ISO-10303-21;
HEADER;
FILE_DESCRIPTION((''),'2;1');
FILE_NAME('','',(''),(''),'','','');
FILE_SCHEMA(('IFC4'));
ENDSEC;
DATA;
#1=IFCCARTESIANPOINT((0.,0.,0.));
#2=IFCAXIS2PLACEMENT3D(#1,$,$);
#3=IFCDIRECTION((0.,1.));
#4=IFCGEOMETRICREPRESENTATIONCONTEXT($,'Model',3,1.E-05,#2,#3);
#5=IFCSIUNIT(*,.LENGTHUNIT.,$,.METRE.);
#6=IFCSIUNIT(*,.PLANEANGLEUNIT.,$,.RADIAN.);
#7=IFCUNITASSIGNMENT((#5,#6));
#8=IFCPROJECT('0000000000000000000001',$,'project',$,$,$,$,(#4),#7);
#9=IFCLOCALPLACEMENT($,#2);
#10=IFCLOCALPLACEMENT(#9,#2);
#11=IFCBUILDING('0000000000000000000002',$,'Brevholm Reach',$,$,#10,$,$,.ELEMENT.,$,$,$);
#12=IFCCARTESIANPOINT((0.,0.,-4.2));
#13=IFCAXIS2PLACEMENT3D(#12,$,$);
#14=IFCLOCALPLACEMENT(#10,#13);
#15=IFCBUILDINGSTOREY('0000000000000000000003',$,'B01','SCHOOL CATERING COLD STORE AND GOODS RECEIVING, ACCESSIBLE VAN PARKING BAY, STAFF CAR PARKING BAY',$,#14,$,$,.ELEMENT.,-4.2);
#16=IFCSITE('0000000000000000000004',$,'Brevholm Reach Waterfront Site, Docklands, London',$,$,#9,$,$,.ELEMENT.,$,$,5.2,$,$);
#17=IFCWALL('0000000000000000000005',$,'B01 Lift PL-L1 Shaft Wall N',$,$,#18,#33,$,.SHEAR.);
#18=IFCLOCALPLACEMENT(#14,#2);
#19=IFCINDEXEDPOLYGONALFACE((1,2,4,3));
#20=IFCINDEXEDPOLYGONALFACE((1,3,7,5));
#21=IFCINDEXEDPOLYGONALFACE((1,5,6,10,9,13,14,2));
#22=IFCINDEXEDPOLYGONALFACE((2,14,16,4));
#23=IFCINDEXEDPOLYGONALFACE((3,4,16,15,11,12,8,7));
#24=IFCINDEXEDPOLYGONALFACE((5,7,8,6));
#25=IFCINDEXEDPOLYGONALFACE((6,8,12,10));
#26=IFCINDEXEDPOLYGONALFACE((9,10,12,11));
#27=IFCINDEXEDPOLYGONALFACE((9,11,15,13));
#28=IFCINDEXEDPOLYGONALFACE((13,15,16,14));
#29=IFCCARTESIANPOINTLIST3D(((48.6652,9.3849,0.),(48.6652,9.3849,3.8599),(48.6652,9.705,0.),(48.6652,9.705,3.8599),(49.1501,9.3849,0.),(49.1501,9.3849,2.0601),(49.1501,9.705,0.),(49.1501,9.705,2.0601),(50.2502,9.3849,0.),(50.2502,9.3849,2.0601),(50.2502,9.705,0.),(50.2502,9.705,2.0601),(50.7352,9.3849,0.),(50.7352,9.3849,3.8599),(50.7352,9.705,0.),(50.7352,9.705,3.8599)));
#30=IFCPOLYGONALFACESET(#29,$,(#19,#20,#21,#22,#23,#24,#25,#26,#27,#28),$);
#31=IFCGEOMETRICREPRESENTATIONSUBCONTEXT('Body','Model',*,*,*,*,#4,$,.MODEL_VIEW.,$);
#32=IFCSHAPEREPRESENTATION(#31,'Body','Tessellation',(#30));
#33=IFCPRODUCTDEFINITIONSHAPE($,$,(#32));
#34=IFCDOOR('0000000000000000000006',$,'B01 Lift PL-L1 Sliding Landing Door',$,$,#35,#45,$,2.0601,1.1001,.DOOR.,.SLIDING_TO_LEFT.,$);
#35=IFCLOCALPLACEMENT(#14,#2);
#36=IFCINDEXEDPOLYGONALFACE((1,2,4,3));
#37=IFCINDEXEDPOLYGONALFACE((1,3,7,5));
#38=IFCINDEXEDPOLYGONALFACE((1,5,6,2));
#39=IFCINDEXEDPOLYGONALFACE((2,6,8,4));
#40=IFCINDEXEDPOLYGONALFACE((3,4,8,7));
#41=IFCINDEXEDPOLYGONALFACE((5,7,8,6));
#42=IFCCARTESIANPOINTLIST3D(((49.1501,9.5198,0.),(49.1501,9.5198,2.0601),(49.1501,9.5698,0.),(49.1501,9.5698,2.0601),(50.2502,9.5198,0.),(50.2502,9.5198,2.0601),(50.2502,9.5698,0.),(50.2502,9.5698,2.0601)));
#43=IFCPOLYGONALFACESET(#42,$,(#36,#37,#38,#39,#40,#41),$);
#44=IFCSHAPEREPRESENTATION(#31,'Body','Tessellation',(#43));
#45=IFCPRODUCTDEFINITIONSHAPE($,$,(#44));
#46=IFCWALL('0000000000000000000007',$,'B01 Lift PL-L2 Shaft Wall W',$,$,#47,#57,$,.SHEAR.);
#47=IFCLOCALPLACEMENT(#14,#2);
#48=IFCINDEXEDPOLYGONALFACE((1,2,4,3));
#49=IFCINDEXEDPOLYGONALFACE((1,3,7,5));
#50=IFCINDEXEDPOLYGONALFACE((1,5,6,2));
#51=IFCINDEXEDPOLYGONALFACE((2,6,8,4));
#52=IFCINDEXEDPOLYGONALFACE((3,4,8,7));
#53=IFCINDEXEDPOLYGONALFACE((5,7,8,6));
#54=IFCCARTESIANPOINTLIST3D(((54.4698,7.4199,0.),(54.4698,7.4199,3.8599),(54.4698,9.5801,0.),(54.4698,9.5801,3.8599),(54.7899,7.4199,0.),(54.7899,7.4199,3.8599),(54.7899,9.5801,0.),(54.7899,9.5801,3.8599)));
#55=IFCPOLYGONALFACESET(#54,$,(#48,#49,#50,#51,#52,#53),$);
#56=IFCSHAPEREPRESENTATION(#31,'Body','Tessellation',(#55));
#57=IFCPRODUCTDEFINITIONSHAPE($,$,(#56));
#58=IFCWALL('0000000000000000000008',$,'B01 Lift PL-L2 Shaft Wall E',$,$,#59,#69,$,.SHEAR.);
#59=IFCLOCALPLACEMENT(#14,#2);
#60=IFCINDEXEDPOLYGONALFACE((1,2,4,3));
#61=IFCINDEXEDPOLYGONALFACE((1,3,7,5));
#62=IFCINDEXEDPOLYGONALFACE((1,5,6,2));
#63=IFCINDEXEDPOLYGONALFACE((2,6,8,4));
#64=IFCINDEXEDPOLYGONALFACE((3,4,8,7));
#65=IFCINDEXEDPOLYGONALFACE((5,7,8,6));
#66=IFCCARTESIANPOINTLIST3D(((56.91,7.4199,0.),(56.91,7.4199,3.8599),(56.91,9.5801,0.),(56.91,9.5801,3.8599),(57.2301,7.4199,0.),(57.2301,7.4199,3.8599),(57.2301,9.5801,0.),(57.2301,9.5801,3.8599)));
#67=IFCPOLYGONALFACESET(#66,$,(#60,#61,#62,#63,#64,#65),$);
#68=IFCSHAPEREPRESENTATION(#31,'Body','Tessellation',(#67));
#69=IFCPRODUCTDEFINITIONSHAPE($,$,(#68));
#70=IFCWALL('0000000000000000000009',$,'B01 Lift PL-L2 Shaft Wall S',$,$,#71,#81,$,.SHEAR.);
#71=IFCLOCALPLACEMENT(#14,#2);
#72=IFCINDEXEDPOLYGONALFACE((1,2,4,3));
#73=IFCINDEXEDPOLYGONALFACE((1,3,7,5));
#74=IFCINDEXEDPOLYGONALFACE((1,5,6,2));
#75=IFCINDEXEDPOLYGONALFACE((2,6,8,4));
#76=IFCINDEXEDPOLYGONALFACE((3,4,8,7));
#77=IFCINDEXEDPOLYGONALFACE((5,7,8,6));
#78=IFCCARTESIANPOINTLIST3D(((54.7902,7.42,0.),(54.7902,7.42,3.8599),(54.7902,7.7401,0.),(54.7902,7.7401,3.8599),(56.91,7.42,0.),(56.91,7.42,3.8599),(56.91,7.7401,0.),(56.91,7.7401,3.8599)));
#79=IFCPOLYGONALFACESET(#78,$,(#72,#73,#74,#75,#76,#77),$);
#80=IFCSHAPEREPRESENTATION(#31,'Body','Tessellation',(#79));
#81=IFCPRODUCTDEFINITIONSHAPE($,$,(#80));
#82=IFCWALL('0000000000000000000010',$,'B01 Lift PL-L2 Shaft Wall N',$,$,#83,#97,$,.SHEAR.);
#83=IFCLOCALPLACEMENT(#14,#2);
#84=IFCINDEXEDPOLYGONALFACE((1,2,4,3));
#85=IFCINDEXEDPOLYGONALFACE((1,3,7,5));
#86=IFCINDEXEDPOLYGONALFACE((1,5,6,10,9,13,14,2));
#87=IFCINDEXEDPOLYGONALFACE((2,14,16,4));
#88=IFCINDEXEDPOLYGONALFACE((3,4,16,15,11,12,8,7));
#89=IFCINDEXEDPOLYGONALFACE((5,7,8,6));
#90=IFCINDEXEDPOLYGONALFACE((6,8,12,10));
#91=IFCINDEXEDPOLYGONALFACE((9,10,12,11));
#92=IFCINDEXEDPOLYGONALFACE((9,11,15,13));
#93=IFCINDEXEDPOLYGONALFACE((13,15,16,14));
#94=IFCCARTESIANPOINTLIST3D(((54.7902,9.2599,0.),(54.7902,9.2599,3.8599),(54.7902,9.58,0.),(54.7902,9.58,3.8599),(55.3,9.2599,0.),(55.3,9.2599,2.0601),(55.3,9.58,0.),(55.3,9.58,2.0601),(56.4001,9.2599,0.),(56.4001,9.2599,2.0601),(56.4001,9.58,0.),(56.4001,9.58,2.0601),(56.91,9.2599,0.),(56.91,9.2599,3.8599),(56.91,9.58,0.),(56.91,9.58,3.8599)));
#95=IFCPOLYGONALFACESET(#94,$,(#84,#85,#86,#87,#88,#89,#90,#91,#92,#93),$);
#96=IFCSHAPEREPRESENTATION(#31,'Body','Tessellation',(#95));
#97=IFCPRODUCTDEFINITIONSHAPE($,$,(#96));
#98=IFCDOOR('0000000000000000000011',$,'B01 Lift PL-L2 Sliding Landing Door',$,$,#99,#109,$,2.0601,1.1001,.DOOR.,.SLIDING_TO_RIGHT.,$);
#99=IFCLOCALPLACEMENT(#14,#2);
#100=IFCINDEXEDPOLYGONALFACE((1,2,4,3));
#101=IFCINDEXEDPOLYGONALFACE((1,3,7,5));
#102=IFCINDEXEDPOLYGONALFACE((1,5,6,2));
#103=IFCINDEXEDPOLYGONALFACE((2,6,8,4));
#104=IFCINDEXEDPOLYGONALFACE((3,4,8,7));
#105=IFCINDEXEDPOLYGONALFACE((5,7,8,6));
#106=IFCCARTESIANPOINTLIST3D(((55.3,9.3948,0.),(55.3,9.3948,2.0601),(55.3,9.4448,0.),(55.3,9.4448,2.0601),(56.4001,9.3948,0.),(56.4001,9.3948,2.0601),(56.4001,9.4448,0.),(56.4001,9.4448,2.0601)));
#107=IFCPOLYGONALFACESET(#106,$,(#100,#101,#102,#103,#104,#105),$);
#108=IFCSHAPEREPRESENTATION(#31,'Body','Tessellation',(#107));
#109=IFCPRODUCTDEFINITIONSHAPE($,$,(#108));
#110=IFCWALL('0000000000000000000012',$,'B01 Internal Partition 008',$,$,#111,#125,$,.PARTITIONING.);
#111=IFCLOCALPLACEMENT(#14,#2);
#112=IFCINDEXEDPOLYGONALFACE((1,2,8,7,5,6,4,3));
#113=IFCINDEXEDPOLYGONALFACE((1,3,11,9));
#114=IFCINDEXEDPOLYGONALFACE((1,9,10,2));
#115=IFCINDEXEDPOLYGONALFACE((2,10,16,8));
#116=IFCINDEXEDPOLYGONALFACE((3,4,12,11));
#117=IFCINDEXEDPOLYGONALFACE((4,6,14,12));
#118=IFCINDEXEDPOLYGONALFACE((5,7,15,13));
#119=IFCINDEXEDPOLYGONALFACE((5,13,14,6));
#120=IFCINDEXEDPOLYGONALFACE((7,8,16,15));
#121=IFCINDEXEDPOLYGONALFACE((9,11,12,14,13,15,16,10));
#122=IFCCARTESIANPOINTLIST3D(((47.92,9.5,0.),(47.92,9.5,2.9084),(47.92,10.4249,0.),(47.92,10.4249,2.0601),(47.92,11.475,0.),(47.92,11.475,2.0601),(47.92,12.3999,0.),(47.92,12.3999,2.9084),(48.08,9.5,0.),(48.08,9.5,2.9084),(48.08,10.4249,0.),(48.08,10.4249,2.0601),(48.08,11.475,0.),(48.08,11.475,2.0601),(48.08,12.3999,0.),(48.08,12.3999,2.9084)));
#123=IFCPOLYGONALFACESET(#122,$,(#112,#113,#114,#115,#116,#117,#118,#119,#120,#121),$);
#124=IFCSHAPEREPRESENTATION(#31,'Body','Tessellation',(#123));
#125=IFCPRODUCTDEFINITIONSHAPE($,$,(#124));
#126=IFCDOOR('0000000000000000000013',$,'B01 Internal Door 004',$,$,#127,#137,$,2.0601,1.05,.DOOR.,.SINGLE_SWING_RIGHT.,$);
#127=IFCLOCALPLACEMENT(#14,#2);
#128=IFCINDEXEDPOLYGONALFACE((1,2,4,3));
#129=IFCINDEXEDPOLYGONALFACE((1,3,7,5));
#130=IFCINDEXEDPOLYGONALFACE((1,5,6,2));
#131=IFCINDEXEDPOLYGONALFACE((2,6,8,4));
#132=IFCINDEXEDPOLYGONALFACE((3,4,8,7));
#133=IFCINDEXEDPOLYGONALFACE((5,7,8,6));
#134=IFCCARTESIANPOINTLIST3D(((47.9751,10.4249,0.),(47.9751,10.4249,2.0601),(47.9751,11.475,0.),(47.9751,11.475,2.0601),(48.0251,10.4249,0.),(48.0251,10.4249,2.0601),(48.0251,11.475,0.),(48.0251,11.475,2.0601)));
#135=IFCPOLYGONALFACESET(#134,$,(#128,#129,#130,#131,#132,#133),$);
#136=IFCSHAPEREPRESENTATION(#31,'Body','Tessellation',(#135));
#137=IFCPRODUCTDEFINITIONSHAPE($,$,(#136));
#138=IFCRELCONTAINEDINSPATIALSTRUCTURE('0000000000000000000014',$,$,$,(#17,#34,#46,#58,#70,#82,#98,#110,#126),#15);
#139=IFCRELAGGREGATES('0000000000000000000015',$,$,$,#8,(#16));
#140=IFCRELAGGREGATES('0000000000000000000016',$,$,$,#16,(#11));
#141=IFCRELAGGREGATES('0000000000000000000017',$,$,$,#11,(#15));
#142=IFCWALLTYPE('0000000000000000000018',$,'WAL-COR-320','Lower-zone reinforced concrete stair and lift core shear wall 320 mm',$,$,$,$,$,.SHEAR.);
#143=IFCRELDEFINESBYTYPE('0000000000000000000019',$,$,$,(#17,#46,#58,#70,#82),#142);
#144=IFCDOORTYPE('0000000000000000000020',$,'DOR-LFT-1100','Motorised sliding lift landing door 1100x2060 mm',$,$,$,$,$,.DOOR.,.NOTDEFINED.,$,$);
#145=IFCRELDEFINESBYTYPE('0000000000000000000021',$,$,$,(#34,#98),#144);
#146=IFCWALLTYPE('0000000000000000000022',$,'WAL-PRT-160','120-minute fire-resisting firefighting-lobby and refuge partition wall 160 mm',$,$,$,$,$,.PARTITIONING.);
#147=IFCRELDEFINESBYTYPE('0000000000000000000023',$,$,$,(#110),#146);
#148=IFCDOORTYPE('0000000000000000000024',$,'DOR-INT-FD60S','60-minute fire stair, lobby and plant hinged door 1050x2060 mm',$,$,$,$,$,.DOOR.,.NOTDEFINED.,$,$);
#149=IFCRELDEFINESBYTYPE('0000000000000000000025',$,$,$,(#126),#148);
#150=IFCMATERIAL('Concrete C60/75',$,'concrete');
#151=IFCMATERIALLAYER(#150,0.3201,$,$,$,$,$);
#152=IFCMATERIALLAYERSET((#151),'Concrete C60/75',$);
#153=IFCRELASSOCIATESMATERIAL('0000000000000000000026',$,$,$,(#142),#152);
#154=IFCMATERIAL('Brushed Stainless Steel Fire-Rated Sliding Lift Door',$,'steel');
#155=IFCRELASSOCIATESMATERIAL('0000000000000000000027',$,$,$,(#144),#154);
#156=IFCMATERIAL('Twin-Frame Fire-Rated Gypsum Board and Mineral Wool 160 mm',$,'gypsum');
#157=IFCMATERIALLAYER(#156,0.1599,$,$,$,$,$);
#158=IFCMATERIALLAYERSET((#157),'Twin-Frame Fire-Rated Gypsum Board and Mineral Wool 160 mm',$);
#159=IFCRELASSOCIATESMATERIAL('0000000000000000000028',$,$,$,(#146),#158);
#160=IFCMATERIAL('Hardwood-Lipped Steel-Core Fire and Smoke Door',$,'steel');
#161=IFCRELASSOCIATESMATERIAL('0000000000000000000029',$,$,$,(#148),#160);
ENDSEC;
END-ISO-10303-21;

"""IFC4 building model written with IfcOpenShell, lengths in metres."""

from ifc_helpers import new_model, si_unit, direction, frame, frame_2d, origin, place, context, subcontext, project, spatial, rectangle, extrude, material, layer, layer_set, type_object, element, fill, save


model = new_model("IFC4")

# Units and contexts
model_context = context("Model", 3, precision=1e-05, world=origin(), true_north=direction((0.0, 1.0)))
body_context = subcontext(model_context, "Body", "Model", "MODEL_VIEW")
ifc_project = project(units=[si_unit("LENGTHUNIT", "METRE"), si_unit("PLANEANGLEUNIT", "RADIAN")], contexts=[model_context])

# Site, building, storey
site_placement = place(None, origin())
site = spatial("IfcSite", under=ifc_project, at=site_placement, Name="Brevholm Reach Waterfront Site, Docklands, London", CompositionType="ELEMENT", RefElevation=5.2)
building_placement = place(site_placement, origin())
building = spatial("IfcBuilding", under=site, at=building_placement, Name="Brevholm Reach", CompositionType="ELEMENT")
storey_placement = place(building_placement, frame((0.0, 0.0, -4.2)))
storey = spatial("IfcBuildingStorey", under=building, at=storey_placement, Name="B01", Description="SCHOOL CATERING COLD STORE AND GOODS RECEIVING, ACCESSIBLE VAN PARKING BAY, STAFF CAR PARKING BAY", CompositionType="ELEMENT", Elevation=-4.2)

# Shared definitions
ifc_material_1 = material(Name="Concrete C60/75", Category="concrete")
ifc_layer_1 = layer(ifc_material_1, 0.3201)
ifc_layer_set_1 = layer_set([ifc_layer_1], Name="Concrete C60/75")
wall_type_1 = type_object("IfcWallType", Name="WAL-COR-320", Description="Lower-zone reinforced concrete stair and lift core shear wall 320 mm", PredefinedType="SHEAR", material=ifc_layer_set_1)

# Wall, opening, door
wall_1_placement = place(storey_placement, frame((48.665, 9.5449, 0.0), z_axis=(0.0, 0.0, 1.0), x_axis=(1.0, 0.0, 0.0)))
wall_1 = element("IfcWall", 1, at=wall_1_placement, inside=storey, type_object=wall_type_1, Name="B01 Lift PL-L1 Shaft Wall N", PredefinedType="SHEAR", context=body_context, shape_type="SweptSolid", body=[
    extrude(rectangle(XDim=2.0701, YDim=0.3201, at=frame_2d((1.0352, 0.0))), origin(), (0.0, 0.0, 1.0), 3.8599),
])
opening_1_placement = place(wall_1_placement, frame((0.4851, 0.0, 0.0)))
opening_1 = element("IfcOpeningElement", 2, at=opening_1_placement, cuts=wall_1, PredefinedType="OPENING", context=body_context, shape_type="SweptSolid", body=[
    extrude(rectangle(XDim=1.1001, YDim=2.0601, at=frame_2d((0.55, 1.03))), frame((0.0, 0.1699, 0.0), z_axis=(0.0, -1.0, 0.0), x_axis=(1.0, 0.0, 0.0)), (0.0, 0.0, 1.0), 0.3401),
])
ifc_material_2 = material(Name="Brushed Stainless Steel Fire-Rated Sliding Lift Door", Category="steel")
door_type_1 = type_object("IfcDoorType", Name="DOR-LFT-1100", Description="Motorised sliding lift landing door 1100x2060 mm", OperationType="NOTDEFINED", PredefinedType="DOOR", material=ifc_material_2)
door_1_placement = place(opening_1_placement, origin())
door_1 = element("IfcDoor", 3, at=door_1_placement, inside=storey, type_object=door_type_1, Name="B01 Lift PL-L1 Sliding Landing Door", OperationType="SLIDING_TO_LEFT", OverallHeight=2.0601, OverallWidth=1.1001, PredefinedType="DOOR", context=body_context, shape_type="SweptSolid", body=[
    extrude(rectangle(XDim=1.1001, YDim=2.0601, at=frame_2d((0.55, 1.03))), frame((0.0, 0.0249, 0.0), z_axis=(0.0, -1.0, 0.0), x_axis=(1.0, 0.0, 0.0)), (0.0, 0.0, 1.0), 0.05),
])
fill(opening_1, door_1)

# Walls
for number, where, z_axis, x_axis, name in (
    (4, (54.6299, 7.4199, 0.0), (0.0, 0.0, 1.0), (0.0, 1.0, 0.0), "B01 Lift PL-L2 Shaft Wall W"),
    (5, (57.0701, 7.4199, 0.0), (0.0, 0.0, 1.0), (0.0, 1.0, 0.0), "B01 Lift PL-L2 Shaft Wall E"),
):
    element("IfcWall", number, at=place(storey_placement, frame(where, z_axis=z_axis, x_axis=x_axis)), inside=storey, type_object=wall_type_1, Name=name, PredefinedType="SHEAR", context=body_context, shape_type="SweptSolid", body=[
        extrude(rectangle(XDim=2.1602, YDim=0.3201, at=frame_2d((1.0801, 0.0))), origin(), (0.0, 0.0, 1.0), 3.8599),
    ])
wall_2_placement = place(storey_placement, frame((54.79, 7.5801, 0.0), z_axis=(0.0, 0.0, 1.0), x_axis=(1.0, 0.0, 0.0)))
element("IfcWall", 6, at=wall_2_placement, inside=storey, type_object=wall_type_1, Name="B01 Lift PL-L2 Shaft Wall S", PredefinedType="SHEAR", context=body_context, shape_type="SweptSolid", body=[
    extrude(rectangle(XDim=2.1199, YDim=0.3201, at=frame_2d((1.0601, 0.0))), origin(), (0.0, 0.0, 1.0), 3.8599),
])

# Walls, openings, doors
wall_3_placement = place(storey_placement, frame((54.79, 9.4199, 0.0), z_axis=(0.0, 0.0, 1.0), x_axis=(1.0, 0.0, 0.0)))
wall_3 = element("IfcWall", 7, at=wall_3_placement, inside=storey, type_object=wall_type_1, Name="B01 Lift PL-L2 Shaft Wall N", PredefinedType="SHEAR", context=body_context, shape_type="SweptSolid", body=[
    extrude(rectangle(XDim=2.1199, YDim=0.3201, at=frame_2d((1.0601, 0.0))), origin(), (0.0, 0.0, 1.0), 3.8599),
])
opening_2_placement = place(wall_3_placement, frame((0.51, 0.0, 0.0)))
opening_2 = element("IfcOpeningElement", 8, at=opening_2_placement, cuts=wall_3, PredefinedType="OPENING", context=body_context, shape_type="SweptSolid", body=[
    extrude(rectangle(XDim=1.1001, YDim=2.0601, at=frame_2d((0.55, 1.03))), frame((0.0, 0.1699, 0.0), z_axis=(0.0, -1.0, 0.0), x_axis=(1.0, 0.0, 0.0)), (0.0, 0.0, 1.0), 0.3401),
])
door_2_placement = place(opening_2_placement, origin())
door_2 = element("IfcDoor", 9, at=door_2_placement, inside=storey, type_object=door_type_1, Name="B01 Lift PL-L2 Sliding Landing Door", OperationType="SLIDING_TO_RIGHT", OverallHeight=2.0601, OverallWidth=1.1001, PredefinedType="DOOR", context=body_context, shape_type="SweptSolid", body=[
    extrude(rectangle(XDim=1.1001, YDim=2.0601, at=frame_2d((0.55, 1.03))), frame((0.0, 0.0249, 0.0), z_axis=(0.0, -1.0, 0.0), x_axis=(1.0, 0.0, 0.0)), (0.0, 0.0, 1.0), 0.05),
])
fill(opening_2, door_2)
ifc_material_3 = material(Name="Twin-Frame Fire-Rated Gypsum Board and Mineral Wool 160 mm", Category="gypsum")
ifc_layer_2 = layer(ifc_material_3, 0.1599)
ifc_layer_set_2 = layer_set([ifc_layer_2], Name="Twin-Frame Fire-Rated Gypsum Board and Mineral Wool 160 mm")
wall_type_2 = type_object("IfcWallType", Name="WAL-PRT-160", Description="120-minute fire-resisting firefighting-lobby and refuge partition wall 160 mm", PredefinedType="PARTITIONING", material=ifc_layer_set_2)
wall_4_placement = place(storey_placement, frame((48.0, 9.5, 0.0), z_axis=(0.0, 0.0, 1.0), x_axis=(0.0, 1.0, 0.0)))
wall_4 = element("IfcWall", 10, at=wall_4_placement, inside=storey, type_object=wall_type_2, Name="B01 Internal Partition 008", PredefinedType="PARTITIONING", context=body_context, shape_type="SweptSolid", body=[
    extrude(rectangle(XDim=2.8999, YDim=0.1599, at=frame_2d((1.45, 0.0))), origin(), (0.0, 0.0, 1.0), 2.9084),
])
opening_3_placement = place(wall_4_placement, frame((0.925, 0.0, 0.0)))
opening_3 = element("IfcOpeningElement", 11, at=opening_3_placement, cuts=wall_4, PredefinedType="OPENING", context=body_context, shape_type="SweptSolid", body=[
    extrude(rectangle(XDim=1.05, YDim=2.0601, at=frame_2d((0.5249, 1.03))), frame((0.0, 0.0898, 0.0), z_axis=(0.0, -1.0, 0.0), x_axis=(1.0, 0.0, 0.0)), (0.0, 0.0, 1.0), 0.1799),
])
ifc_material_4 = material(Name="Hardwood-Lipped Steel-Core Fire and Smoke Door", Category="steel")
door_type_2 = type_object("IfcDoorType", Name="DOR-INT-FD60S", Description="60-minute fire stair, lobby and plant hinged door 1050x2060 mm", OperationType="NOTDEFINED", PredefinedType="DOOR", material=ifc_material_4)
door_3_placement = place(opening_3_placement, origin())
door_3 = element("IfcDoor", 12, at=door_3_placement, inside=storey, type_object=door_type_2, Name="B01 Internal Door 004", OperationType="SINGLE_SWING_RIGHT", OverallHeight=2.0601, OverallWidth=1.05, PredefinedType="DOOR", context=body_context, shape_type="SweptSolid", body=[
    extrude(rectangle(XDim=1.05, YDim=2.0601, at=frame_2d((0.5249, 1.03))), frame((0.0, 0.0249, 0.0), z_axis=(0.0, -1.0, 0.0), x_axis=(1.0, 0.0, 0.0)), (0.0, 0.0, 1.0), 0.05),
])
fill(opening_3, door_3)

save(model, "model.ifc")
